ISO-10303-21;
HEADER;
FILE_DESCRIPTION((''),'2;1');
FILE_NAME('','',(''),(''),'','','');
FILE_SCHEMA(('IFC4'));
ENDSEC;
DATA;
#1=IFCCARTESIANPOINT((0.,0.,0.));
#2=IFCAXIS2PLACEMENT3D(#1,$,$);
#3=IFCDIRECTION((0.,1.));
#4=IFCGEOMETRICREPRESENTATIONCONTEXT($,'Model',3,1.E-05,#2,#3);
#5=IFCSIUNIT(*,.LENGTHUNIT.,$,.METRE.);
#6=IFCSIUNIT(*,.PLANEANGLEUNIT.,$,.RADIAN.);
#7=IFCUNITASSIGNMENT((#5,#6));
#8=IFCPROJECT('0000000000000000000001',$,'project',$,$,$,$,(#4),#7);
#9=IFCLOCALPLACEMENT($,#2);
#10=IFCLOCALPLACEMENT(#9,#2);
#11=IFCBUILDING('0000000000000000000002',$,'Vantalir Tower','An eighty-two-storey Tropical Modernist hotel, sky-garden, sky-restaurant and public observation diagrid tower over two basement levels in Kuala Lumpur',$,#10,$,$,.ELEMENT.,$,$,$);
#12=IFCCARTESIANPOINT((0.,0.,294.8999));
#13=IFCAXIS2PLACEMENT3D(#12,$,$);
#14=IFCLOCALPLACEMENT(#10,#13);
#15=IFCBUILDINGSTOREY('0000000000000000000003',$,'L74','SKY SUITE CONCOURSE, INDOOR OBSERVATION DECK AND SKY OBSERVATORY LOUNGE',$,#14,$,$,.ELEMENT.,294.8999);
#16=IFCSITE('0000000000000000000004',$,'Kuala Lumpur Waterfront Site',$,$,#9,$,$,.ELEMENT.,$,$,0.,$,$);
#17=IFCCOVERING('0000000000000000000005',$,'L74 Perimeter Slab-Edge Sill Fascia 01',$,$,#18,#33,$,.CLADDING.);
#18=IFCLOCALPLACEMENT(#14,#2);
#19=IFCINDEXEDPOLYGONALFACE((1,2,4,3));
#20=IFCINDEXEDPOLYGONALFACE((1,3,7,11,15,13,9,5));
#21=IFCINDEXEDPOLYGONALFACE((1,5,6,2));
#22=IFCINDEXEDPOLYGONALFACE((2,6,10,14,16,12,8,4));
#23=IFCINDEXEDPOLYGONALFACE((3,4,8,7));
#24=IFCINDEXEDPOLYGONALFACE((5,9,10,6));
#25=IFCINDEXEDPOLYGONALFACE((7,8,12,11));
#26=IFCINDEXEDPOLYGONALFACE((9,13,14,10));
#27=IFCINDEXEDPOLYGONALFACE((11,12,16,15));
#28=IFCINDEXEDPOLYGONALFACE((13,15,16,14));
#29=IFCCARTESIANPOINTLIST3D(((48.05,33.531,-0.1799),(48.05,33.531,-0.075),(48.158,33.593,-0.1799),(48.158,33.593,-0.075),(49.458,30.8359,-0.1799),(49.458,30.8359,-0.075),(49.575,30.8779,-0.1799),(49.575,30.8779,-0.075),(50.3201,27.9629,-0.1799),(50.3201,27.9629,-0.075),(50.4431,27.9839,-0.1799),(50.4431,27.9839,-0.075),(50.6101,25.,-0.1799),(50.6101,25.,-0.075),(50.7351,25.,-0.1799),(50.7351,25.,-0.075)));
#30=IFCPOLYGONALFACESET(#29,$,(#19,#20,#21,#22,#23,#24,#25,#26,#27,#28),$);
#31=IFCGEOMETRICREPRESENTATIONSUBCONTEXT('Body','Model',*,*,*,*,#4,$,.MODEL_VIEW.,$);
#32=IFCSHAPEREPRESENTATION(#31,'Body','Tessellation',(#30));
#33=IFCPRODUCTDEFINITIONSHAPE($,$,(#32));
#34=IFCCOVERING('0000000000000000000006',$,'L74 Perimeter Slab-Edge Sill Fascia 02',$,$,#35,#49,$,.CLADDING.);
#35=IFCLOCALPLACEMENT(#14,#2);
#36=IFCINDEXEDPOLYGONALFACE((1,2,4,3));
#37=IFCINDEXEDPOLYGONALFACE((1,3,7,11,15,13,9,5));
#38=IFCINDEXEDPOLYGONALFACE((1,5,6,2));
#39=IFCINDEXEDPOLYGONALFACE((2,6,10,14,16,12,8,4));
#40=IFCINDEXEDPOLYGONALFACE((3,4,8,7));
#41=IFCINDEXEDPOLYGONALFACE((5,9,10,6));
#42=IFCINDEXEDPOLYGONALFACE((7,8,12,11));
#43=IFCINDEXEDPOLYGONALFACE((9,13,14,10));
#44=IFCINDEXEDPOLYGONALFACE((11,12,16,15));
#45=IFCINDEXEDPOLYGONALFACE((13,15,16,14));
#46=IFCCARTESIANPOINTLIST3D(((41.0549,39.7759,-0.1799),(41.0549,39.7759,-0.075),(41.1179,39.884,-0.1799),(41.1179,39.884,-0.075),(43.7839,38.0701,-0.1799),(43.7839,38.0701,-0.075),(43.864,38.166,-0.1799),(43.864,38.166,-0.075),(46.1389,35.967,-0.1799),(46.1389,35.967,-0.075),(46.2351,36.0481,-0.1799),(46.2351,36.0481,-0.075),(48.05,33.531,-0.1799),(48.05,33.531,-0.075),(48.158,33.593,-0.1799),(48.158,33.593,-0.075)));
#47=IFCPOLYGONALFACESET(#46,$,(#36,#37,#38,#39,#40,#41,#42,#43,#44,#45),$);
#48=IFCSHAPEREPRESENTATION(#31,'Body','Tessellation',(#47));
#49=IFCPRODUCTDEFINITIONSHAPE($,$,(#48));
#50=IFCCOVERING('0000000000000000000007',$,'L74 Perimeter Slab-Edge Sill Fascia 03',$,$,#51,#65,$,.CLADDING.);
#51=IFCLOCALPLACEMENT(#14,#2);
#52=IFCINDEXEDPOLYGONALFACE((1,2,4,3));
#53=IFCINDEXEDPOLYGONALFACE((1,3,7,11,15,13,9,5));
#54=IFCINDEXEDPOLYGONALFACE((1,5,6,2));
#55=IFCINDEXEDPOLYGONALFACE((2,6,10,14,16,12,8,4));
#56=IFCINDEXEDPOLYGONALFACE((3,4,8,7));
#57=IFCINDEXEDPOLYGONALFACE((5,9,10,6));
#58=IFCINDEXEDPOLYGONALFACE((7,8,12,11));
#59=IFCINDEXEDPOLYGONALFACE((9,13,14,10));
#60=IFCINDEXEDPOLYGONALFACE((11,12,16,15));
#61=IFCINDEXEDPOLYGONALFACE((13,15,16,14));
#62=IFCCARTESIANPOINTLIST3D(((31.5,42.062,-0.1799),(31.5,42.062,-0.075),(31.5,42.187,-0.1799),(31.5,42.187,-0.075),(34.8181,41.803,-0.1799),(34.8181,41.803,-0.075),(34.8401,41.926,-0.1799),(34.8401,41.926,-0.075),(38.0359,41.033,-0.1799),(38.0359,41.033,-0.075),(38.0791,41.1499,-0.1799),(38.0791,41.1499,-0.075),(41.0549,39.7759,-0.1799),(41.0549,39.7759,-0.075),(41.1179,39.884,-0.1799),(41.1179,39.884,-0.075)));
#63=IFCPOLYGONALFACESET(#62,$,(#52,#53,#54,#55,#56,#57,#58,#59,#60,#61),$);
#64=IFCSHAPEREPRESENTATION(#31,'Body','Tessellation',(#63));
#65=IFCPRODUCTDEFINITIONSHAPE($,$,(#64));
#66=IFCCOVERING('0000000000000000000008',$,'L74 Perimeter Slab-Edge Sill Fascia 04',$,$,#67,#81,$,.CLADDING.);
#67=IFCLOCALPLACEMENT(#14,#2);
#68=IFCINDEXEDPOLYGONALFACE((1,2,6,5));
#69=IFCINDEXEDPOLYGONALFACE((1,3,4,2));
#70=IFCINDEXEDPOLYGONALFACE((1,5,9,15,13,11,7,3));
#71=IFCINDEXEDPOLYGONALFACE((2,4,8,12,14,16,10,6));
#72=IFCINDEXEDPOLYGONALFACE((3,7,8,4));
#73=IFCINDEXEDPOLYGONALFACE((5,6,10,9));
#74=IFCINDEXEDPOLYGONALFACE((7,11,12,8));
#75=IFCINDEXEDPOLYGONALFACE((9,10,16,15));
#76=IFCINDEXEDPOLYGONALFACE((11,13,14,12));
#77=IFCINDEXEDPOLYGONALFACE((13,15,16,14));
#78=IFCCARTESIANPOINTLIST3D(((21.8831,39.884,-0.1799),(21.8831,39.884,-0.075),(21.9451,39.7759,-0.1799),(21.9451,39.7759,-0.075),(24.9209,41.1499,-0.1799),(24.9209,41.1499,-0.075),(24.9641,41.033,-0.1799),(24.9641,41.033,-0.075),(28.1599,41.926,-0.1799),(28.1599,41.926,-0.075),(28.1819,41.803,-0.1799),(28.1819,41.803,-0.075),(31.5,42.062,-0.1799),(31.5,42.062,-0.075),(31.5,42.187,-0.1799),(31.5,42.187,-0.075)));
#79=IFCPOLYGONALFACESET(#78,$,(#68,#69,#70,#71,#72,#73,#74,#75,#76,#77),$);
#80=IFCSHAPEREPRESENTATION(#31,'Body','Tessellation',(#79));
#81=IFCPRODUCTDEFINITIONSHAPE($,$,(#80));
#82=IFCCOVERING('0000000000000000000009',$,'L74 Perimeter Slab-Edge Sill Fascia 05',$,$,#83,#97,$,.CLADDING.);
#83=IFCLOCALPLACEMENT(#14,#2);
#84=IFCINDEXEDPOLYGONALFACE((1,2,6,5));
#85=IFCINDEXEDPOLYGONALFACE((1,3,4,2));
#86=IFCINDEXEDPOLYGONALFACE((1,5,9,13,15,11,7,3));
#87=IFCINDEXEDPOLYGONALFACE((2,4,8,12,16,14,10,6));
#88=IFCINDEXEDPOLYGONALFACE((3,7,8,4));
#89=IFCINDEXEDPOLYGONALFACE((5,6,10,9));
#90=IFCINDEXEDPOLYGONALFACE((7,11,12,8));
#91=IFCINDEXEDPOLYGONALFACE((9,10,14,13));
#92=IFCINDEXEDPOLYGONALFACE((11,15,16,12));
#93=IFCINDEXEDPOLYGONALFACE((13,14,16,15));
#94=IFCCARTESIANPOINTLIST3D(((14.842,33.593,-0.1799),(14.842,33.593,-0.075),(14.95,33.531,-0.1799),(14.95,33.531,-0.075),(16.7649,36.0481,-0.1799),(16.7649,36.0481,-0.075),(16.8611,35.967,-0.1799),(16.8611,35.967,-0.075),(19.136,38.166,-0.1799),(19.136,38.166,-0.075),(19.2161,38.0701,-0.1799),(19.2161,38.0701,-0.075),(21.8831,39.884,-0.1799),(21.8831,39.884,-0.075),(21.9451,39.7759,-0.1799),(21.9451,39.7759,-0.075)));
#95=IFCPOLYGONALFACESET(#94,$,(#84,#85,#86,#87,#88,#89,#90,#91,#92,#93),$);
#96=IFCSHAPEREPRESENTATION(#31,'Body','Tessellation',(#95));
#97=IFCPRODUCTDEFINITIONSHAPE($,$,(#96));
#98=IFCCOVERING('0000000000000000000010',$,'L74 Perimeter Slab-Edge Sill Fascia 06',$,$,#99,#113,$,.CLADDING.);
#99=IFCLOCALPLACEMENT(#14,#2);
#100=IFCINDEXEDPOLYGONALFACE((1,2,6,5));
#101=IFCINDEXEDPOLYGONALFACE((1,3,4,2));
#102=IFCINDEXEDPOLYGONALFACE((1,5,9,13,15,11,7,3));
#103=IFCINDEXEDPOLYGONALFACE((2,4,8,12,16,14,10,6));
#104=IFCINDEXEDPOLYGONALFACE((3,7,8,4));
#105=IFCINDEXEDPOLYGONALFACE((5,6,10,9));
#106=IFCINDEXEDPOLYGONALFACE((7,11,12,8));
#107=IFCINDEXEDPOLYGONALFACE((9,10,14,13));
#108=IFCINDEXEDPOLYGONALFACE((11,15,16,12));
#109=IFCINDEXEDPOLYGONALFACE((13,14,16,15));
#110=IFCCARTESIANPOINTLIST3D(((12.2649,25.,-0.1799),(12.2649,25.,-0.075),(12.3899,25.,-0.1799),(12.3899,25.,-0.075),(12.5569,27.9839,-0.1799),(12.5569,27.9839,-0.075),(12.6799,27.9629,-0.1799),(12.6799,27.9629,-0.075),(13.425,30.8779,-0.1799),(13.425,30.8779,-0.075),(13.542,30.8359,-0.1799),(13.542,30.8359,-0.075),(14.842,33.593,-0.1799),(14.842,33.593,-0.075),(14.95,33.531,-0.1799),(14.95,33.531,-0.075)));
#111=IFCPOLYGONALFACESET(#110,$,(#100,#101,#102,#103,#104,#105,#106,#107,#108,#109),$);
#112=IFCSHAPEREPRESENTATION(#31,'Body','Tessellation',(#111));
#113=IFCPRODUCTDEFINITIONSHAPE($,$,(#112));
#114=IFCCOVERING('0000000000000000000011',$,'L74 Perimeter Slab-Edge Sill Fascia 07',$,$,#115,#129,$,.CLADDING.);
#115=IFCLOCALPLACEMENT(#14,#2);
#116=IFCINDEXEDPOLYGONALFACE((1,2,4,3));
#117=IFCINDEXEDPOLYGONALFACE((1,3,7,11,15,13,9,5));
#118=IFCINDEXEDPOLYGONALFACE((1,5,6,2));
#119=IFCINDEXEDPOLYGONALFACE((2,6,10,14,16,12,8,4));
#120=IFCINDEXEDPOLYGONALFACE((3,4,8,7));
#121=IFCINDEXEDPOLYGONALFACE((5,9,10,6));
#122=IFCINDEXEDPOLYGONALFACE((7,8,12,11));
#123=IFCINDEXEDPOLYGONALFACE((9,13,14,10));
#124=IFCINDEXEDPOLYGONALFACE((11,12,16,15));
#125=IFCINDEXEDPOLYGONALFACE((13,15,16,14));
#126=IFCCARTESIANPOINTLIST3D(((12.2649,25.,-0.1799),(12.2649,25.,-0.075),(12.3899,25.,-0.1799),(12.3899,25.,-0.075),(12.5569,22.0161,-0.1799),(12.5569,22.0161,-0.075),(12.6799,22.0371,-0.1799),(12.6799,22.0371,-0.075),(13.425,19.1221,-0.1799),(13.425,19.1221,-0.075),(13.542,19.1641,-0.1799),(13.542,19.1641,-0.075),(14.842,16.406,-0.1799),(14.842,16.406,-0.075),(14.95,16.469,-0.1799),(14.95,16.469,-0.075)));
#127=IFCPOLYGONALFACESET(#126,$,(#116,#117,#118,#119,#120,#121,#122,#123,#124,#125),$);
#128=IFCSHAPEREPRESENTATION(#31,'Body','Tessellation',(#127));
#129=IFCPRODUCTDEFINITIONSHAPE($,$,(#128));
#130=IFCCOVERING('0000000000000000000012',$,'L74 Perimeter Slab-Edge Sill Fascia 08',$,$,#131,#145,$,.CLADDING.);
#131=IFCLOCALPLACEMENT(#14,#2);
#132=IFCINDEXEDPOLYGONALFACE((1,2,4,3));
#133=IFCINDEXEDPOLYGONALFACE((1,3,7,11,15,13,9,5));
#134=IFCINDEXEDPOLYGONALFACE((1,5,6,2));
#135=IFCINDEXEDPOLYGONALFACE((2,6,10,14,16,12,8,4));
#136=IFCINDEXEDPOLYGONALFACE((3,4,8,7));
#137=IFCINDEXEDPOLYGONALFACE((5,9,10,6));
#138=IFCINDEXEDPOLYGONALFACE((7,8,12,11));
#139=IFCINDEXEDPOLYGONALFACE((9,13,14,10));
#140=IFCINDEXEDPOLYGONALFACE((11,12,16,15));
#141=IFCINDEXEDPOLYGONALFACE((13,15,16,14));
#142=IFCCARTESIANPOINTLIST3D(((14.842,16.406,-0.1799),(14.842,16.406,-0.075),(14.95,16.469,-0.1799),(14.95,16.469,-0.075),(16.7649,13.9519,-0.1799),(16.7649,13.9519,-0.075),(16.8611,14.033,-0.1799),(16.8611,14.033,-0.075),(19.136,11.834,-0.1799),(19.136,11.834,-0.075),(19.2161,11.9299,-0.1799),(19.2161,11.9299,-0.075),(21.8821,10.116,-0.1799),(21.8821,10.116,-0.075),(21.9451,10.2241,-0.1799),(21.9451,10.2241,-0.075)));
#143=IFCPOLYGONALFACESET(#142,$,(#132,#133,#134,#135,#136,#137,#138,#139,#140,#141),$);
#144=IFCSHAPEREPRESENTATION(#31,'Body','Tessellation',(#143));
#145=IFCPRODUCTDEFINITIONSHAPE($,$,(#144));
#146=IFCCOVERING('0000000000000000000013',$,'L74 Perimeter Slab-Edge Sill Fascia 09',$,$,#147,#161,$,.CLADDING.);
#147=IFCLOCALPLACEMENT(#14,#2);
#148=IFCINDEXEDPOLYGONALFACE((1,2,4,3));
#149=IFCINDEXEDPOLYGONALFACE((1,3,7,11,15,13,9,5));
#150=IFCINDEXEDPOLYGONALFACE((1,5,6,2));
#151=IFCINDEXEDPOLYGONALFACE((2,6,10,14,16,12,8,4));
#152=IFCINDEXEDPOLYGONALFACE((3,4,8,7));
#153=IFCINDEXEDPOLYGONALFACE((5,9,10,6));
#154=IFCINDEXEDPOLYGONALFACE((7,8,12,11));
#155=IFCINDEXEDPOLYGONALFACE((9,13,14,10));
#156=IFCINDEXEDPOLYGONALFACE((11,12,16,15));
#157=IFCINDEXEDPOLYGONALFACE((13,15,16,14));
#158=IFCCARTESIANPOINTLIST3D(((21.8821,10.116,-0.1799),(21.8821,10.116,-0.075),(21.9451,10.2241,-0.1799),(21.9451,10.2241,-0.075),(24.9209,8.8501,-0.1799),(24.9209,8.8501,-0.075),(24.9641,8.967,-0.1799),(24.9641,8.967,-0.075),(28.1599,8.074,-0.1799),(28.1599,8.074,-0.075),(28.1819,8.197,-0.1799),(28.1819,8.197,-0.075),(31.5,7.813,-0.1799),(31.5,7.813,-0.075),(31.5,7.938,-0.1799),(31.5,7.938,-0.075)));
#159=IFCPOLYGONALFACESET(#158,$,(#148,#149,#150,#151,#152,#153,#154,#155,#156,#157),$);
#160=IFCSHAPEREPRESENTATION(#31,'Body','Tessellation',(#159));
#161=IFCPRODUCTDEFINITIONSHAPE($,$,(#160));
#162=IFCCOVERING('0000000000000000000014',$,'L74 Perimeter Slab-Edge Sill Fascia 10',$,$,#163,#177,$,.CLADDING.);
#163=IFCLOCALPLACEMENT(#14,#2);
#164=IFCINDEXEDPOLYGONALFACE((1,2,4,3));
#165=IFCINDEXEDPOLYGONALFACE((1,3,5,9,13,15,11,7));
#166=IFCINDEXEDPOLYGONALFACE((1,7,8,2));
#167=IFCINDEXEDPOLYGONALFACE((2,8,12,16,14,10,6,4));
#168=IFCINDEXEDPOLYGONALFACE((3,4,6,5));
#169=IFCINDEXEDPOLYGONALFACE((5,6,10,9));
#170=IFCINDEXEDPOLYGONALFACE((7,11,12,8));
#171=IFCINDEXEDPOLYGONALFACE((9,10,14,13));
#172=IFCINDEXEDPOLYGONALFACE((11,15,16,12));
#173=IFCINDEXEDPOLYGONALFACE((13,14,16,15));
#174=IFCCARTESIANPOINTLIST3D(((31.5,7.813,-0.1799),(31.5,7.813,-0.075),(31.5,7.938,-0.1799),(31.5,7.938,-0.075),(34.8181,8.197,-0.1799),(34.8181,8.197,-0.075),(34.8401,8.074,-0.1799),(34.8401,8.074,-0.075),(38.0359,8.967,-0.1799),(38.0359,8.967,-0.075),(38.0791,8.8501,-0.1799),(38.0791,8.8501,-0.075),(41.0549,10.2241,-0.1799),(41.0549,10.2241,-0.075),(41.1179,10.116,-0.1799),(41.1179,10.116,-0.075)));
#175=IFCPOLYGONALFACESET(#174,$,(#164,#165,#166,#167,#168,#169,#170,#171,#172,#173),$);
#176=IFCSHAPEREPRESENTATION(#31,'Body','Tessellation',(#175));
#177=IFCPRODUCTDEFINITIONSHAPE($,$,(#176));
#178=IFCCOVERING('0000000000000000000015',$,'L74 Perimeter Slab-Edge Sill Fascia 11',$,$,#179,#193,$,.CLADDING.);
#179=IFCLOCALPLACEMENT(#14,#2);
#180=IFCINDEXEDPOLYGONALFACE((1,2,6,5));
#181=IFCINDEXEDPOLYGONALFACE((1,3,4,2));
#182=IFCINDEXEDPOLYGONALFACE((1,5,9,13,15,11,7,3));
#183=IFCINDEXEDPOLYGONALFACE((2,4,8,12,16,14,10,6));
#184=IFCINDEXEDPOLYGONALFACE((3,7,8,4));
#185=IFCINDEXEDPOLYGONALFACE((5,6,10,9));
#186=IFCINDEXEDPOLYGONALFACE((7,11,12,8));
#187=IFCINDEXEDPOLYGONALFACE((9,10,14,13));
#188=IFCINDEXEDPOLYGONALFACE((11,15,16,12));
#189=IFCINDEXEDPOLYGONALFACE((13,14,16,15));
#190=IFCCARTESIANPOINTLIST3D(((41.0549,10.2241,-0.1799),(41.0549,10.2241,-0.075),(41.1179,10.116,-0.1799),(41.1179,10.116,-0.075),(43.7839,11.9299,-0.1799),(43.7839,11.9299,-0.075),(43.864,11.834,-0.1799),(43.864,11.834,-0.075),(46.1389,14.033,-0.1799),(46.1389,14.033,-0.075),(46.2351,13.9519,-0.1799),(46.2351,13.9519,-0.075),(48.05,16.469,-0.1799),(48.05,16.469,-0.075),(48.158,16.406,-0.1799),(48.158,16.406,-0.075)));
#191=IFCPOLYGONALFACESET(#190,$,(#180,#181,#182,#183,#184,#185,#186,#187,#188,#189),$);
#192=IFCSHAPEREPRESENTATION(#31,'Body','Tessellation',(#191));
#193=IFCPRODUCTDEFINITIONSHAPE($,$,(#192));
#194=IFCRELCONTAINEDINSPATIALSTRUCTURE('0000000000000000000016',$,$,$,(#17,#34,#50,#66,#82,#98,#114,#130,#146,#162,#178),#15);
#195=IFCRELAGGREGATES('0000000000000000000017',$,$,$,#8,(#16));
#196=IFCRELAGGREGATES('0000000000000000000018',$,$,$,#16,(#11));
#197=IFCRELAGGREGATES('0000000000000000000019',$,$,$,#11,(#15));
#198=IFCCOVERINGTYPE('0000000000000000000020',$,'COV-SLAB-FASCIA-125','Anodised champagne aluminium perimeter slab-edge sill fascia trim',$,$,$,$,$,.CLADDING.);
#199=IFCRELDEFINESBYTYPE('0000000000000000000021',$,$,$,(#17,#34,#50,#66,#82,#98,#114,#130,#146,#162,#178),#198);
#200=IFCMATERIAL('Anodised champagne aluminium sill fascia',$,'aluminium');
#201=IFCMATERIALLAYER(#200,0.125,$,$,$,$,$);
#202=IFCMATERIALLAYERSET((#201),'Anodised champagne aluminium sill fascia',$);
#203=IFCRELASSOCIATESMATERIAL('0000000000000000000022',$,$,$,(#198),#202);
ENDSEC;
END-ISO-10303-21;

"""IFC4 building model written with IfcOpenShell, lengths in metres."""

from ifc_helpers import new_model, si_unit, direction, frame, origin, place, context, subcontext, project, spatial, polyline, outline, extrude, material, layer, layer_set, type_object, element, save


model = new_model("IFC4")

# Units and contexts
model_context = context("Model", 3, precision=1e-05, world=origin(), true_north=direction((0.0, 1.0)))
body_context = subcontext(model_context, "Body", "Model", "MODEL_VIEW")
ifc_project = project(units=[si_unit("LENGTHUNIT", "METRE"), si_unit("PLANEANGLEUNIT", "RADIAN")], contexts=[model_context])

# Site, building, storey
site_placement = place(None, origin())
site = spatial("IfcSite", under=ifc_project, at=site_placement, Name="Kuala Lumpur Waterfront Site", CompositionType="ELEMENT", RefElevation=0.0)
building_placement = place(site_placement, origin())
building = spatial("IfcBuilding", under=site, at=building_placement, Name="Vantalir Tower", Description="An eighty-two-storey Tropical Modernist hotel, sky-garden, sky-restaurant and public observation diagrid tower over two basement levels in Kuala Lumpur", CompositionType="ELEMENT")
storey_placement = place(building_placement, frame((0.0, 0.0, 294.8999)))
storey = spatial("IfcBuildingStorey", under=building, at=storey_placement, Name="L74", Description="SKY SUITE CONCOURSE, INDOOR OBSERVATION DECK AND SKY OBSERVATORY LOUNGE", CompositionType="ELEMENT", Elevation=294.8999)

# Coverings
ifc_material_1 = material(Name="Anodised champagne aluminium sill fascia", Category="aluminium")
ifc_layer_1 = layer(ifc_material_1, 0.125)
ifc_layer_set_1 = layer_set([ifc_layer_1], Name="Anodised champagne aluminium sill fascia")
covering_type = type_object("IfcCoveringType", Name="COV-SLAB-FASCIA-125", Description="Anodised champagne aluminium perimeter slab-edge sill fascia trim", PredefinedType="CLADDING", material=ifc_layer_set_1)
covering_1_placement = place(storey_placement, frame((0.0, 0.0, -0.1799)))
element("IfcCovering", 1, at=covering_1_placement, inside=storey, type_object=covering_type, Name="L74 Perimeter Slab-Edge Sill Fascia 01", PredefinedType="CLADDING", context=body_context, shape_type="SweptSolid", body=[
    extrude(outline(polyline([(50.7351, 25.0), (50.4431, 27.9839), (49.575, 30.8779), (48.158, 33.593), (48.05, 33.531), (49.458, 30.8359), (50.3201, 27.9629), (50.6101, 25.0), (50.7351, 25.0)])), origin(), (0.0, 0.0, 1.0), 0.105),
])
covering_2_placement = place(storey_placement, frame((0.0, 0.0, -0.1799)))
element("IfcCovering", 2, at=covering_2_placement, inside=storey, type_object=covering_type, Name="L74 Perimeter Slab-Edge Sill Fascia 02", PredefinedType="CLADDING", context=body_context, shape_type="SweptSolid", body=[
    extrude(outline(polyline([(48.158, 33.593), (46.2351, 36.0481), (43.864, 38.166), (41.1179, 39.884), (41.0549, 39.7759), (43.7839, 38.0701), (46.1389, 35.967), (48.05, 33.531), (48.158, 33.593)])), origin(), (0.0, 0.0, 1.0), 0.105),
])
covering_3_placement = place(storey_placement, frame((0.0, 0.0, -0.1799)))
element("IfcCovering", 3, at=covering_3_placement, inside=storey, type_object=covering_type, Name="L74 Perimeter Slab-Edge Sill Fascia 03", PredefinedType="CLADDING", context=body_context, shape_type="SweptSolid", body=[
    extrude(outline(polyline([(41.1179, 39.884), (38.0791, 41.1499), (34.8401, 41.926), (31.5, 42.187), (31.5, 42.062), (34.8181, 41.803), (38.0359, 41.033), (41.0549, 39.7759), (41.1179, 39.884)])), origin(), (0.0, 0.0, 1.0), 0.105),
])
covering_4_placement = place(storey_placement, frame((0.0, 0.0, -0.1799)))
element("IfcCovering", 4, at=covering_4_placement, inside=storey, type_object=covering_type, Name="L74 Perimeter Slab-Edge Sill Fascia 04", PredefinedType="CLADDING", context=body_context, shape_type="SweptSolid", body=[
    extrude(outline(polyline([(31.5, 42.187), (28.1599, 41.926), (24.9209, 41.1499), (21.8831, 39.884), (21.9451, 39.7759), (24.9641, 41.033), (28.1819, 41.803), (31.5, 42.062), (31.5, 42.187)])), origin(), (0.0, 0.0, 1.0), 0.105),
])
covering_5_placement = place(storey_placement, frame((0.0, 0.0, -0.1799)))
element("IfcCovering", 5, at=covering_5_placement, inside=storey, type_object=covering_type, Name="L74 Perimeter Slab-Edge Sill Fascia 05", PredefinedType="CLADDING", context=body_context, shape_type="SweptSolid", body=[
    extrude(outline(polyline([(21.8831, 39.884), (19.136, 38.166), (16.7649, 36.0481), (14.842, 33.593), (14.95, 33.531), (16.8611, 35.967), (19.2161, 38.0701), (21.9451, 39.7759), (21.8831, 39.884)])), origin(), (0.0, 0.0, 1.0), 0.105),
])
covering_6_placement = place(storey_placement, frame((0.0, 0.0, -0.1799)))
element("IfcCovering", 6, at=covering_6_placement, inside=storey, type_object=covering_type, Name="L74 Perimeter Slab-Edge Sill Fascia 06", PredefinedType="CLADDING", context=body_context, shape_type="SweptSolid", body=[
    extrude(outline(polyline([(14.842, 33.593), (13.425, 30.8779), (12.5569, 27.9839), (12.2649, 25.0), (12.3899, 25.0), (12.6799, 27.9629), (13.542, 30.8359), (14.95, 33.531), (14.842, 33.593)])), origin(), (0.0, 0.0, 1.0), 0.105),
])
covering_7_placement = place(storey_placement, frame((0.0, 0.0, -0.1799)))
element("IfcCovering", 7, at=covering_7_placement, inside=storey, type_object=covering_type, Name="L74 Perimeter Slab-Edge Sill Fascia 07", PredefinedType="CLADDING", context=body_context, shape_type="SweptSolid", body=[
    extrude(outline(polyline([(12.2649, 25.0), (12.5569, 22.0161), (13.425, 19.1221), (14.842, 16.406), (14.95, 16.469), (13.542, 19.1641), (12.6799, 22.0371), (12.3899, 25.0), (12.2649, 25.0)])), origin(), (0.0, 0.0, 1.0), 0.105),
])
covering_8_placement = place(storey_placement, frame((0.0, 0.0, -0.1799)))
element("IfcCovering", 8, at=covering_8_placement, inside=storey, type_object=covering_type, Name="L74 Perimeter Slab-Edge Sill Fascia 08", PredefinedType="CLADDING", context=body_context, shape_type="SweptSolid", body=[
    extrude(outline(polyline([(14.842, 16.406), (16.7649, 13.9519), (19.136, 11.834), (21.8821, 10.116), (21.9451, 10.2241), (19.2161, 11.9299), (16.8611, 14.033), (14.95, 16.469), (14.842, 16.406)])), origin(), (0.0, 0.0, 1.0), 0.105),
])
covering_9_placement = place(storey_placement, frame((0.0, 0.0, -0.1799)))
element("IfcCovering", 9, at=covering_9_placement, inside=storey, type_object=covering_type, Name="L74 Perimeter Slab-Edge Sill Fascia 09", PredefinedType="CLADDING", context=body_context, shape_type="SweptSolid", body=[
    extrude(outline(polyline([(21.8821, 10.116), (24.9209, 8.8501), (28.1599, 8.074), (31.5, 7.813), (31.5, 7.938), (28.1819, 8.197), (24.9641, 8.967), (21.9451, 10.2241), (21.8821, 10.116)])), origin(), (0.0, 0.0, 1.0), 0.105),
])
covering_10_placement = place(storey_placement, frame((0.0, 0.0, -0.1799)))
element("IfcCovering", 10, at=covering_10_placement, inside=storey, type_object=covering_type, Name="L74 Perimeter Slab-Edge Sill Fascia 10", PredefinedType="CLADDING", context=body_context, shape_type="SweptSolid", body=[
    extrude(outline(polyline([(31.5, 7.813), (34.8401, 8.074), (38.0791, 8.8501), (41.1179, 10.116), (41.0549, 10.2241), (38.0359, 8.967), (34.8181, 8.197), (31.5, 7.938), (31.5, 7.813)])), origin(), (0.0, 0.0, 1.0), 0.105),
])
covering_11_placement = place(storey_placement, frame((0.0, 0.0, -0.1799)))
element("IfcCovering", 11, at=covering_11_placement, inside=storey, type_object=covering_type, Name="L74 Perimeter Slab-Edge Sill Fascia 11", PredefinedType="CLADDING", context=body_context, shape_type="SweptSolid", body=[
    extrude(outline(polyline([(41.1179, 10.116), (43.864, 11.834), (46.2351, 13.9519), (48.158, 16.406), (48.05, 16.469), (46.1389, 14.033), (43.7839, 11.9299), (41.0549, 10.2241), (41.1179, 10.116)])), origin(), (0.0, 0.0, 1.0), 0.105),
])

save(model, "model.ifc")
